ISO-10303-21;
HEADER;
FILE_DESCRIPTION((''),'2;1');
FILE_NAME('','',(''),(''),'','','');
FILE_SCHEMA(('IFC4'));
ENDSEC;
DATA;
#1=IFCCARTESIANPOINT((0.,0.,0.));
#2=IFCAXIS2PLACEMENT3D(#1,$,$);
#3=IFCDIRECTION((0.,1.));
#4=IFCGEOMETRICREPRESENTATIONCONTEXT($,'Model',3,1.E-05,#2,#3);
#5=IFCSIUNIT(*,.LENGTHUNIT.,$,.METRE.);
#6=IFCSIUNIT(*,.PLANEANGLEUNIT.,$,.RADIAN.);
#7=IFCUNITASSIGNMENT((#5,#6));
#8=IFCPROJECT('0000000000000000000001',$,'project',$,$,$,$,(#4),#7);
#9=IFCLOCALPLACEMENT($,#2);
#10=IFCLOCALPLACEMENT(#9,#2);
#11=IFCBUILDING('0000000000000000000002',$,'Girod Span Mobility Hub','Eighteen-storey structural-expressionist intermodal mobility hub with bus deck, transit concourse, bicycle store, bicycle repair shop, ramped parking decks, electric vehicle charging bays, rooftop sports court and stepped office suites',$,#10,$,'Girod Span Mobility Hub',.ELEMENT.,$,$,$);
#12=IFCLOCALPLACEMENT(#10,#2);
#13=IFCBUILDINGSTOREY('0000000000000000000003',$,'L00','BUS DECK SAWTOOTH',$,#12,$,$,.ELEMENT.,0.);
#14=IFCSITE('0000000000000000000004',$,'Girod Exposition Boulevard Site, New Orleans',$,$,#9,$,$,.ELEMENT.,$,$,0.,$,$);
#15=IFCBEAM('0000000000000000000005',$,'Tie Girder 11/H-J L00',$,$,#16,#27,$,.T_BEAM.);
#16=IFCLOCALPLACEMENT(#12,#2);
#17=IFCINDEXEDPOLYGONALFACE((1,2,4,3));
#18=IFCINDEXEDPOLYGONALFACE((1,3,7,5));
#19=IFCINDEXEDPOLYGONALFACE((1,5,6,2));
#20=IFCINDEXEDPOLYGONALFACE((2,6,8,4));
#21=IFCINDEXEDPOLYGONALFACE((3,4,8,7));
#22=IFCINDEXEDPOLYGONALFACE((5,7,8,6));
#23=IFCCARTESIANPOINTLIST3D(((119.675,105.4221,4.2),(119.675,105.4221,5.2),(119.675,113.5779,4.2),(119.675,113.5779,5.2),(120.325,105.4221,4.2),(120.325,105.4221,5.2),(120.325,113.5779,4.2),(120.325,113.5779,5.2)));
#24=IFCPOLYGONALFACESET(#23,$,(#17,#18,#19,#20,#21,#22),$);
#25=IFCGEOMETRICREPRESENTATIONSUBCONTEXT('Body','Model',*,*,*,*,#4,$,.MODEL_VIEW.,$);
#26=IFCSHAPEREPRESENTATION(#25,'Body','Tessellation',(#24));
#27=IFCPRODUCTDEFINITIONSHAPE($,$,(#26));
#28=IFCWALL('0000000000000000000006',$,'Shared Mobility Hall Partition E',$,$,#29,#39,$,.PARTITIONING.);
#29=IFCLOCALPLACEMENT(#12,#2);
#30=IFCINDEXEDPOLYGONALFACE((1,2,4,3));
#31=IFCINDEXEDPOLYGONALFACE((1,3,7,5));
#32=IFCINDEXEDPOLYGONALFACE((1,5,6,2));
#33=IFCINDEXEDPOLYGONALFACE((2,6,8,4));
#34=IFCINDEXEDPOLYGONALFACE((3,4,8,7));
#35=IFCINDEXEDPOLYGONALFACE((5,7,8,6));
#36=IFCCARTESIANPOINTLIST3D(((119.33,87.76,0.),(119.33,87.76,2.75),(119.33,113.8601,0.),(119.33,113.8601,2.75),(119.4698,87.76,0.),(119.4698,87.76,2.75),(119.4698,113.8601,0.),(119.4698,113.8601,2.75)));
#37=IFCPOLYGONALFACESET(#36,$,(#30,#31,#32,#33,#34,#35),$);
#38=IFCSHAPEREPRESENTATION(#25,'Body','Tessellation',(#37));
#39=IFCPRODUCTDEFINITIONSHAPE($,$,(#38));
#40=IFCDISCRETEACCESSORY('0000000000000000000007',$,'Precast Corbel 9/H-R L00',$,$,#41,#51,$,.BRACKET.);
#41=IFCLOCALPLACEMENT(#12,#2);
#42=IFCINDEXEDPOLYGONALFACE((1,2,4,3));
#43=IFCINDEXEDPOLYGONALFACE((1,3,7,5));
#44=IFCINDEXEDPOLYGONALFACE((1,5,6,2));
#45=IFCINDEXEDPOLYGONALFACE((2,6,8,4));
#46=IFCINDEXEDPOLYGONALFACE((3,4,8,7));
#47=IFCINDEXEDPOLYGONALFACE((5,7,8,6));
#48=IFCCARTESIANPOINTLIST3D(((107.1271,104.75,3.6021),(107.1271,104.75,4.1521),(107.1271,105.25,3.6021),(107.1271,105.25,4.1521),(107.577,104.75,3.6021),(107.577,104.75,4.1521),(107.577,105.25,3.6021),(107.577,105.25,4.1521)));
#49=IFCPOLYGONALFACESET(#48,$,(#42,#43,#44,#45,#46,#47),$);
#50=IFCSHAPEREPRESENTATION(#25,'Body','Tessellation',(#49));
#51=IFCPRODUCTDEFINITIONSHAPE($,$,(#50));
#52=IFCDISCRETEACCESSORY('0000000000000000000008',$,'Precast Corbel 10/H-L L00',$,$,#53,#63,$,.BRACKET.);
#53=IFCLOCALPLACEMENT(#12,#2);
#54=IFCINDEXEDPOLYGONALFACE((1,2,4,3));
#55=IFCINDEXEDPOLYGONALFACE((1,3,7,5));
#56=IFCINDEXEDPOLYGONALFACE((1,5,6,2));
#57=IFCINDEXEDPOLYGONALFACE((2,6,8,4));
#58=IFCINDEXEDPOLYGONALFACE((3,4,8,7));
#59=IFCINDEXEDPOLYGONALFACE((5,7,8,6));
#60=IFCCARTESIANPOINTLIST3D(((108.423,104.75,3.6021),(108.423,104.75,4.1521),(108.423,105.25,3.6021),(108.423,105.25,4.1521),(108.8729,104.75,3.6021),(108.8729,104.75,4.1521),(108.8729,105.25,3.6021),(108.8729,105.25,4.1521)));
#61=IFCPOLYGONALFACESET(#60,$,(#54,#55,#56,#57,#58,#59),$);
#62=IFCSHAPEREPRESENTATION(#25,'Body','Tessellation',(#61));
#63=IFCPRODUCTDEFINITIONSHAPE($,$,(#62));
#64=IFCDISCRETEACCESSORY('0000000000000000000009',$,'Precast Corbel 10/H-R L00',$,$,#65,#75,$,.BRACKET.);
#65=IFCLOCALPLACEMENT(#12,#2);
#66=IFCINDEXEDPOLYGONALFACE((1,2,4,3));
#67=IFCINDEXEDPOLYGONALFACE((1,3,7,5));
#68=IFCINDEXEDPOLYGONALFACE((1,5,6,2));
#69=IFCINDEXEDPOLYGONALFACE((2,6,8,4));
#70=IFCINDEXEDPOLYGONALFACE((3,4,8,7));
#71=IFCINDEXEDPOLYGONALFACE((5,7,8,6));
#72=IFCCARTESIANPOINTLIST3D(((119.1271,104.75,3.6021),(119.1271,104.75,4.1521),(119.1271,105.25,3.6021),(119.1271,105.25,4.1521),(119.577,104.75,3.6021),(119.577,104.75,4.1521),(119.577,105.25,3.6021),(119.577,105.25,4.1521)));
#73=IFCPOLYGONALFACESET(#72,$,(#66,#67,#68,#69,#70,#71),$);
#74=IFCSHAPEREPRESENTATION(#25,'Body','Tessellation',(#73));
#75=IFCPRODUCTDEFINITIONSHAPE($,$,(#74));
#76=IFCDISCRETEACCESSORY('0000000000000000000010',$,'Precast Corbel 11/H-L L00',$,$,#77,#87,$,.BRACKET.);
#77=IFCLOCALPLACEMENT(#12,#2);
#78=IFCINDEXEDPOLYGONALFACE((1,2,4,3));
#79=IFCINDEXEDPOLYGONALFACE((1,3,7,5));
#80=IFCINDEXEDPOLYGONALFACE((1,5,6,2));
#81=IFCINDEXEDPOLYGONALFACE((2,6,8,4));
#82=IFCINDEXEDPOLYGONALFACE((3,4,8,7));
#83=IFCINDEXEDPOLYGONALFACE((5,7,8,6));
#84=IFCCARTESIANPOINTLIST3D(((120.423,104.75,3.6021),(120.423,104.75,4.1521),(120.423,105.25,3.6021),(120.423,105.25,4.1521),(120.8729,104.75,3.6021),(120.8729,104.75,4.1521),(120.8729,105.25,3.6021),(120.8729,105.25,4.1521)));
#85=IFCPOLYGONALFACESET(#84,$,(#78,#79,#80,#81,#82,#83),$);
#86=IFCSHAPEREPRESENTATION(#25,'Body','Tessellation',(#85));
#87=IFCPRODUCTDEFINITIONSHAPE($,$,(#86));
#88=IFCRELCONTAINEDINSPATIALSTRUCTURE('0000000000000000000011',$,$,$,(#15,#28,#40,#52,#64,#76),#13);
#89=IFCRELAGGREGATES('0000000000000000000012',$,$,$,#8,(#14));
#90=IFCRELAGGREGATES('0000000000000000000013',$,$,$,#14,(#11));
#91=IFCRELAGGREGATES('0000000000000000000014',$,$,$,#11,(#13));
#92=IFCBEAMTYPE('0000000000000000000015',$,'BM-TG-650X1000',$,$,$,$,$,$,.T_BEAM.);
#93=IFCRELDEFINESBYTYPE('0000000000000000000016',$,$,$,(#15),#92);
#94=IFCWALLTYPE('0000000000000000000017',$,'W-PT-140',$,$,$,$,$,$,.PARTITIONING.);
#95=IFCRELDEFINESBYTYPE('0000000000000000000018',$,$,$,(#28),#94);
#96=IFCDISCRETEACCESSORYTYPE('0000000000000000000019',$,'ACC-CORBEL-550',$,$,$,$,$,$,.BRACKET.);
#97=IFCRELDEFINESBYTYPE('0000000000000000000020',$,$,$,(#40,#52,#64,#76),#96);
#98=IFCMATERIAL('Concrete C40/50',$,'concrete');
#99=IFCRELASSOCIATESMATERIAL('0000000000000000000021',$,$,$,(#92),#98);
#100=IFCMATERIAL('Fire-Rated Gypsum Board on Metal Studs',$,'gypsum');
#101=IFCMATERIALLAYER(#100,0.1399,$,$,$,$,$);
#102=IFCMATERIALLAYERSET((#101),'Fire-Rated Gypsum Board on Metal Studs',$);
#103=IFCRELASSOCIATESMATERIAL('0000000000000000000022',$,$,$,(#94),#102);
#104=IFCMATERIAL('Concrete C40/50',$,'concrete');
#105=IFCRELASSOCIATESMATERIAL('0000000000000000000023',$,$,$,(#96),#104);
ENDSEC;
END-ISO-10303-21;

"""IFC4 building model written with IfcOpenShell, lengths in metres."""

from ifc_helpers import new_model, si_unit, direction, frame, frame_2d, origin, origin_2d, place, context, subcontext, project, spatial, rectangle, extrude, material, layer, layer_set, material_profile, profile_set, type_object, element, save


model = new_model("IFC4")

# Units and contexts
model_context = context("Model", 3, precision=1e-05, world=origin(), true_north=direction((0.0, 1.0)))
body_context = subcontext(model_context, "Body", "Model", "MODEL_VIEW")
ifc_project = project(units=[si_unit("LENGTHUNIT", "METRE"), si_unit("PLANEANGLEUNIT", "RADIAN")], contexts=[model_context])

# Site, building, storey
site_placement = place(None, origin())
site = spatial("IfcSite", under=ifc_project, at=site_placement, Name="Girod Exposition Boulevard Site, New Orleans", CompositionType="ELEMENT", RefElevation=0.0)
building_placement = place(site_placement, origin())
building = spatial("IfcBuilding", under=site, at=building_placement, Name="Girod Span Mobility Hub", Description="Eighteen-storey structural-expressionist intermodal mobility hub with bus deck, transit concourse, bicycle store, bicycle repair shop, ramped parking decks, electric vehicle charging bays, rooftop sports court and stepped office suites", LongName="Girod Span Mobility Hub", CompositionType="ELEMENT")
storey_placement = place(building_placement, origin())
storey = spatial("IfcBuildingStorey", under=building, at=storey_placement, Name="L00", Description="BUS DECK SAWTOOTH", CompositionType="ELEMENT", Elevation=0.0)

# Beam
ifc_material_1 = material(Name="Concrete C40/50", Category="concrete")
ifc_material_profile_1 = material_profile(ifc_material_1, rectangle(XDim=0.6499, YDim=1.0, at=origin_2d()), Name="TG-650X1000")
ifc_profile_set_1 = profile_set([ifc_material_profile_1], Name="Concrete C40/50")
beam_type_1 = type_object("IfcBeamType", Name="BM-TG-650X1000", PredefinedType="T_BEAM", material=ifc_profile_set_1)
beam_1_placement = place(storey_placement, frame((120.0, 105.4221, 4.7), z_axis=(0.0, 1.0, 0.0), x_axis=(-1.0, 0.0, 0.0)))
element("IfcBeam", 1, at=beam_1_placement, inside=storey, type_object=beam_type_1, Name="Tie Girder 11/H-J L00", PredefinedType="T_BEAM", context=body_context, shape_type="SweptSolid", body=[
    extrude(rectangle(XDim=0.6499, YDim=1.0, at=origin_2d()), origin(), (0.0, 0.0, 1.0), 8.1558),
])

# Wall
ifc_material_2 = material(Name="Fire-Rated Gypsum Board on Metal Studs", Category="gypsum")
ifc_layer = layer(ifc_material_2, 0.1399)
ifc_layer_set = layer_set([ifc_layer], Name="Fire-Rated Gypsum Board on Metal Studs")
wall_type = type_object("IfcWallType", Name="W-PT-140", PredefinedType="PARTITIONING", material=ifc_layer_set)
wall_placement = place(storey_placement, frame((119.3999, 87.76, 0.0), z_axis=(0.0, 0.0, 1.0), x_axis=(0.0, 1.0, 0.0)))
element("IfcWall", 2, at=wall_placement, inside=storey, type_object=wall_type, Name="Shared Mobility Hall Partition E", PredefinedType="PARTITIONING", context=body_context, shape_type="SweptSolid", body=[
    extrude(rectangle(XDim=26.1001, YDim=0.1399, at=frame_2d((13.05, 0.0))), origin(), (0.0, 0.0, 1.0), 2.75),
])

# Discrete accessories
ifc_material_3 = material(Name="Concrete C40/50", Category="concrete")
discrete_accessory_type = type_object("IfcDiscreteAccessoryType", Name="ACC-CORBEL-550", PredefinedType="BRACKET", material=ifc_material_3)
for number, where, z_axis, x_axis, name in (
    (3, (107.3521, 105.0, 3.6021), (0.0, 0.0, 1.0), (1.0, 0.0, 0.0), "Precast Corbel 9/H-R L00"),
    (4, (108.6479, 105.0, 3.6021), (0.0, 0.0, 1.0), (1.0, 0.0, 0.0), "Precast Corbel 10/H-L L00"),
    (5, (119.3521, 105.0, 3.6021), (0.0, 0.0, 1.0), (1.0, 0.0, 0.0), "Precast Corbel 10/H-R L00"),
    (6, (120.6479, 105.0, 3.6021), (0.0, 0.0, 1.0), (1.0, 0.0, 0.0), "Precast Corbel 11/H-L L00"),
):
    element("IfcDiscreteAccessory", number, at=place(storey_placement, frame(where, z_axis=z_axis, x_axis=x_axis)), inside=storey, type_object=discrete_accessory_type, Name=name, PredefinedType="BRACKET", context=body_context, shape_type="SweptSolid", body=[
        extrude(rectangle(XDim=0.45, YDim=0.5, at=origin_2d()), origin(), (0.0, 0.0, 1.0), 0.55),
    ])

save(model, "model.ifc")
